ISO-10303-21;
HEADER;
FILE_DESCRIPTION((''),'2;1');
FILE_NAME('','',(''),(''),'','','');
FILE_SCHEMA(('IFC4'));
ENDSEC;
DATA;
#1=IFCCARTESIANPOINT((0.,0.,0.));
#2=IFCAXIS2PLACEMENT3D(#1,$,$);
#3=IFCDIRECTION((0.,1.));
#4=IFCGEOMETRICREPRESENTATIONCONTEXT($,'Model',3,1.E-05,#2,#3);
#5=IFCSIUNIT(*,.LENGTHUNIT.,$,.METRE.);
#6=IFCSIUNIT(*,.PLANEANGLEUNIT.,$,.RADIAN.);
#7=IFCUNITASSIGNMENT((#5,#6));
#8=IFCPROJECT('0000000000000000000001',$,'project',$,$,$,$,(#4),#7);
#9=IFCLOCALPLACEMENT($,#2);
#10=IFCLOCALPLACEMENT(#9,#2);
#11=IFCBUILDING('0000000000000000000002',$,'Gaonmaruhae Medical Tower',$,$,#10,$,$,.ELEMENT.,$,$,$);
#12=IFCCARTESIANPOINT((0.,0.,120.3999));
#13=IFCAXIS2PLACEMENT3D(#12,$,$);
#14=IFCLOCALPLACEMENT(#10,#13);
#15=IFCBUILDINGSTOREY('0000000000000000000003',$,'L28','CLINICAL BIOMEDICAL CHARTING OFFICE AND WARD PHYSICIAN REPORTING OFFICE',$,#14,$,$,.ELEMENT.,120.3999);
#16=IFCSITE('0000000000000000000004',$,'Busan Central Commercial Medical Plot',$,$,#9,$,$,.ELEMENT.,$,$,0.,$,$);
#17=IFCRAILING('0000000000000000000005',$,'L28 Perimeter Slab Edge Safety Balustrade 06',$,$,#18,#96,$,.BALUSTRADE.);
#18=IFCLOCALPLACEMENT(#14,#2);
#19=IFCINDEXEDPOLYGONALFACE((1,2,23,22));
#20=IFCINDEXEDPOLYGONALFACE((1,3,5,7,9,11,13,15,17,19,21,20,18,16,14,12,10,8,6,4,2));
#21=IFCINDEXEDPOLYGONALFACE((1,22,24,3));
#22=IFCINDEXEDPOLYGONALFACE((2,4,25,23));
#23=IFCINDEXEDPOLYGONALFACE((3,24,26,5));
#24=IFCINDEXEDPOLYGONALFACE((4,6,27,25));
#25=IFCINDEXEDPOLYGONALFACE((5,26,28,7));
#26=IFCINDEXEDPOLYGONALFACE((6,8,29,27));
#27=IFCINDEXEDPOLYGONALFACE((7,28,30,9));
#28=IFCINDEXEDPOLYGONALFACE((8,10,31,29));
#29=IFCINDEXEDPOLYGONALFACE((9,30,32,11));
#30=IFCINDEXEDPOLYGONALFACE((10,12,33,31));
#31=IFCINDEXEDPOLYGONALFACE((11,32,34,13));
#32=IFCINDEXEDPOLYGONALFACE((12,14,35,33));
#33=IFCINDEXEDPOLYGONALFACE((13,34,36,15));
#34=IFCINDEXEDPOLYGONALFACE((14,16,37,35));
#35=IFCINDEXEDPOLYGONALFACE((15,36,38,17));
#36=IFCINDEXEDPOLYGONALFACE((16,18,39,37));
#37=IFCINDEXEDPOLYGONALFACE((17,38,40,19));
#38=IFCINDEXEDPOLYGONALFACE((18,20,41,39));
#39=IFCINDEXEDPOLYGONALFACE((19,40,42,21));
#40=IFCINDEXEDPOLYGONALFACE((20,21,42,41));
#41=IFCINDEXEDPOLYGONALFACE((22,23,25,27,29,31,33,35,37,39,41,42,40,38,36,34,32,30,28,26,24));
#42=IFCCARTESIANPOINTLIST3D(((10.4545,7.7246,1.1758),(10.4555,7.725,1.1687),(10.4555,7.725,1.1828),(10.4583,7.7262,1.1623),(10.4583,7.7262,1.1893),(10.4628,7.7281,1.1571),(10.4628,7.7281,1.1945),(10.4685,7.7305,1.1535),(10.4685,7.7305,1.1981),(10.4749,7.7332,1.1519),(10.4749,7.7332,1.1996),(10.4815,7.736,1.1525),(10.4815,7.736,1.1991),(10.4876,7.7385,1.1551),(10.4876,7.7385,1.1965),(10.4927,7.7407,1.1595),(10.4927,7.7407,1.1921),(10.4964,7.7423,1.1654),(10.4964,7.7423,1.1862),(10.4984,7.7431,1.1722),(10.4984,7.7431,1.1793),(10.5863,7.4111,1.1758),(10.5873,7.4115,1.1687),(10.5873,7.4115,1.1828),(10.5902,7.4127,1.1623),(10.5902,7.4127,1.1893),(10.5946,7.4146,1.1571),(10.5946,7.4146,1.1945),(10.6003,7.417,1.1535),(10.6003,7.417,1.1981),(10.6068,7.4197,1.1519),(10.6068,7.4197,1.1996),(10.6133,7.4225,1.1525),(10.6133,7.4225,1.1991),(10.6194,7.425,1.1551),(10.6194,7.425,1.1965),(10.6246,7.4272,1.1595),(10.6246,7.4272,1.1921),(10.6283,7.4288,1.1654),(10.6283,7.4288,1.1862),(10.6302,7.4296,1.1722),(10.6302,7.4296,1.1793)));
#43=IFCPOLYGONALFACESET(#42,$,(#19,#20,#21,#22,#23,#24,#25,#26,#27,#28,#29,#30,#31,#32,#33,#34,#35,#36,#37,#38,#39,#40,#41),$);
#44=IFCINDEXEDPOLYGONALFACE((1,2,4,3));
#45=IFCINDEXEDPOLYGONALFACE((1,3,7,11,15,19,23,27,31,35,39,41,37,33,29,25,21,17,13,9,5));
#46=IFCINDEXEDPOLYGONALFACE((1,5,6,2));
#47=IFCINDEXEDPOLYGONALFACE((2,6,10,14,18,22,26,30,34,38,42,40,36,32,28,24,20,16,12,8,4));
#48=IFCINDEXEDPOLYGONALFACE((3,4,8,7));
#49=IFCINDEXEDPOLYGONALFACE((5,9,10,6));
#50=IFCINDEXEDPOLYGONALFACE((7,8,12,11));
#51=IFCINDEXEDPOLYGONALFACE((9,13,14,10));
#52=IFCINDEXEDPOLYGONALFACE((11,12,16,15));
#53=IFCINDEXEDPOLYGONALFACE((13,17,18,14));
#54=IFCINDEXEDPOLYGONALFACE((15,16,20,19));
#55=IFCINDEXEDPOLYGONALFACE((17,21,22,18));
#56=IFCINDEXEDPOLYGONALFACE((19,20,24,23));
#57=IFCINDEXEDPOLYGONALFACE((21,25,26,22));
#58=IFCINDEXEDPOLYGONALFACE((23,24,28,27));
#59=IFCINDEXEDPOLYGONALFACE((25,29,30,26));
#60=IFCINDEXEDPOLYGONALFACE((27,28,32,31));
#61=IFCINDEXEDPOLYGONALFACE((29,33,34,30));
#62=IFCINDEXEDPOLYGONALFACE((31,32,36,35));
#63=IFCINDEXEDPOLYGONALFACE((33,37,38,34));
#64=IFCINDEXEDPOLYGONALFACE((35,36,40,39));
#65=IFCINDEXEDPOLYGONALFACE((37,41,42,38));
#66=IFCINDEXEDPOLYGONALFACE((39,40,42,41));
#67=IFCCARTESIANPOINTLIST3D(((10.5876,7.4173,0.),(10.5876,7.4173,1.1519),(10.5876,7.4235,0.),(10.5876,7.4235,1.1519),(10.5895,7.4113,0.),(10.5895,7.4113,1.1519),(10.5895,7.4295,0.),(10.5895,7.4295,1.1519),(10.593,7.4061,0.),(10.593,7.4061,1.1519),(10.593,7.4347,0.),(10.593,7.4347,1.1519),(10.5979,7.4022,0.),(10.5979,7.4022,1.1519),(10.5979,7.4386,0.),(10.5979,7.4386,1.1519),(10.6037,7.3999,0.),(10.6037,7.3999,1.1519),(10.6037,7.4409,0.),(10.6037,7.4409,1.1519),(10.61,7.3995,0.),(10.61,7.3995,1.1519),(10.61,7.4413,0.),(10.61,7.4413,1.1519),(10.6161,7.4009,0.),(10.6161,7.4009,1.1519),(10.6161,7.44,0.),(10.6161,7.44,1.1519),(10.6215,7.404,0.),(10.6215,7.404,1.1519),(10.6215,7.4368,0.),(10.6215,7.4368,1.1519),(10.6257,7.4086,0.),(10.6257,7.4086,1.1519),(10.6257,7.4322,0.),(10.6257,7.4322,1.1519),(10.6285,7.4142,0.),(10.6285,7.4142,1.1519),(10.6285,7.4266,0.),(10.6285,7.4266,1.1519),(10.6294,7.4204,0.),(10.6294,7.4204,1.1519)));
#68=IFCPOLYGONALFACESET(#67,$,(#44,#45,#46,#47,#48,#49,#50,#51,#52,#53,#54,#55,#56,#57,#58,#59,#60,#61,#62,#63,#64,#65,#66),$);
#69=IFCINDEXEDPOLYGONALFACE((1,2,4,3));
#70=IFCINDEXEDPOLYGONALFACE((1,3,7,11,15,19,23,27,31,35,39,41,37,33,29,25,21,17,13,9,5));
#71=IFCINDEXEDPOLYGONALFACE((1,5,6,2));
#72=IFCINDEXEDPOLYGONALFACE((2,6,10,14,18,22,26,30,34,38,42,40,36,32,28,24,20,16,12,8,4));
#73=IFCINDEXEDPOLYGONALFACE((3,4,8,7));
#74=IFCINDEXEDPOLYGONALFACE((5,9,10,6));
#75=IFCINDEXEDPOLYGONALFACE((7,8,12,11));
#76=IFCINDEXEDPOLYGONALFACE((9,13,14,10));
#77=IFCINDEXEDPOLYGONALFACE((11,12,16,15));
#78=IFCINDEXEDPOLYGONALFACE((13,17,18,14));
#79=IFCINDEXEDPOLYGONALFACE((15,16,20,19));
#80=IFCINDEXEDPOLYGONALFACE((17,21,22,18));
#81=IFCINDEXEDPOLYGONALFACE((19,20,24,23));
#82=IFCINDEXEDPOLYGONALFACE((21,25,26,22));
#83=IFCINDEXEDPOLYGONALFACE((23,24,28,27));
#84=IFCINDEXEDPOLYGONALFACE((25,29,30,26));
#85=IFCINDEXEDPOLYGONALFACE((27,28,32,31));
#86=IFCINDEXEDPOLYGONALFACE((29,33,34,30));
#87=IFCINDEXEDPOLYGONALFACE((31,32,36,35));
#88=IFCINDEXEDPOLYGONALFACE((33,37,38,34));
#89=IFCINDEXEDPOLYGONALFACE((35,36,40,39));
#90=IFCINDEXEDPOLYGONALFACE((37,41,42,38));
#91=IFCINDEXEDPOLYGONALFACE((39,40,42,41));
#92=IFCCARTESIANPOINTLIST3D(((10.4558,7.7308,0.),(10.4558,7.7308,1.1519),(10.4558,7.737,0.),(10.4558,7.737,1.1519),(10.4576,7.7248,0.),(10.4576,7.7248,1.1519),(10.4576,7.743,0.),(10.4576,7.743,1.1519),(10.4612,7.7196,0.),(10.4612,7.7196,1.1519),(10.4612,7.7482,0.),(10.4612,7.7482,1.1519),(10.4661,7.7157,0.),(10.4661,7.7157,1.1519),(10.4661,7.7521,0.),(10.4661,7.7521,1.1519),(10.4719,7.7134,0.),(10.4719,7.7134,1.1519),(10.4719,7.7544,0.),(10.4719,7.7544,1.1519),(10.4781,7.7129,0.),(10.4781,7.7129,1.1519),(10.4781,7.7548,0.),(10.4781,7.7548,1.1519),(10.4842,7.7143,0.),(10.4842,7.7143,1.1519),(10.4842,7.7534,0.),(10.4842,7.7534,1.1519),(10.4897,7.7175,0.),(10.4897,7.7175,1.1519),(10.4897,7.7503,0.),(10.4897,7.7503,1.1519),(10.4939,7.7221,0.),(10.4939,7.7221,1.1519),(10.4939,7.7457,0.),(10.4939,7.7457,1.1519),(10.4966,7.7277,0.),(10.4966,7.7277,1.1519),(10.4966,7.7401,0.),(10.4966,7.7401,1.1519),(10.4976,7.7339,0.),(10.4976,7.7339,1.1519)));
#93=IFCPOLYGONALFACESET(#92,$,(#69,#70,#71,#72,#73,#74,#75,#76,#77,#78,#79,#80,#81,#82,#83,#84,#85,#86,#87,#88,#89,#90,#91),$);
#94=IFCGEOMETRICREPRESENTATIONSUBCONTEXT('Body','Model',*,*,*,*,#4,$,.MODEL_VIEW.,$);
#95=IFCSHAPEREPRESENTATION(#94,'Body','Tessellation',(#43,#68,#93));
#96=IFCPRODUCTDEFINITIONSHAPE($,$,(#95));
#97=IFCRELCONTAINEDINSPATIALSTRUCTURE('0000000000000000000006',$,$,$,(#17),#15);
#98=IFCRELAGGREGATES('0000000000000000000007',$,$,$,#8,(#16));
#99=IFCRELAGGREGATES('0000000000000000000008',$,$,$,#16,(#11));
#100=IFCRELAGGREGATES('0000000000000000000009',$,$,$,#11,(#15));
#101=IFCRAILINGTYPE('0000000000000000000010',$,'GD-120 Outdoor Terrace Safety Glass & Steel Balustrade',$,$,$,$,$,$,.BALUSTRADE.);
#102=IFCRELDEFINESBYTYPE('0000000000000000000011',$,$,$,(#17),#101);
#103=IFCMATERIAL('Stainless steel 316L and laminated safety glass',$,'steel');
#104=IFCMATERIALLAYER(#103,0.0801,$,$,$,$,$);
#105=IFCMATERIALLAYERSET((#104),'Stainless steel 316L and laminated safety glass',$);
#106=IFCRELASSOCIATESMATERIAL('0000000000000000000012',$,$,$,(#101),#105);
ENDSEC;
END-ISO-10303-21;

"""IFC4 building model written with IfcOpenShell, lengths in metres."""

from ifc_helpers import new_model, si_unit, direction, frame, origin, origin_2d, place, context, subcontext, project, spatial, circle, extrude, material, layer, layer_set, type_object, element, save


model = new_model("IFC4")

# Units and contexts
model_context = context("Model", 3, precision=1e-05, world=origin(), true_north=direction((0.0, 1.0)))
body_context = subcontext(model_context, "Body", "Model", "MODEL_VIEW")
ifc_project = project(units=[si_unit("LENGTHUNIT", "METRE"), si_unit("PLANEANGLEUNIT", "RADIAN")], contexts=[model_context])

# Site, building, storey
site_placement = place(None, origin())
site = spatial("IfcSite", under=ifc_project, at=site_placement, Name="Busan Central Commercial Medical Plot", CompositionType="ELEMENT", RefElevation=0.0)
building_placement = place(site_placement, origin())
building = spatial("IfcBuilding", under=site, at=building_placement, Name="Gaonmaruhae Medical Tower", CompositionType="ELEMENT")
storey_placement = place(building_placement, frame((0.0, 0.0, 120.3999)))
storey = spatial("IfcBuildingStorey", under=building, at=storey_placement, Name="L28", Description="CLINICAL BIOMEDICAL CHARTING OFFICE AND WARD PHYSICIAN REPORTING OFFICE", CompositionType="ELEMENT", Elevation=120.3999)

# Railing
ifc_material_1 = material(Name="Stainless steel 316L and laminated safety glass", Category="steel")
ifc_layer_1 = layer(ifc_material_1, 0.0801)
ifc_layer_set_1 = layer_set([ifc_layer_1], Name="Stainless steel 316L and laminated safety glass")
railing_type = type_object("IfcRailingType", Name="GD-120 Outdoor Terrace Safety Glass & Steel Balustrade", PredefinedType="BALUSTRADE", material=ifc_layer_set_1)
railing_1_placement = place(storey_placement, frame((10.6084, 7.4204, 0.0)))
element("IfcRailing", 1, at=railing_1_placement, inside=storey, type_object=railing_type, Name="L28 Perimeter Slab Edge Safety Balustrade 06", PredefinedType="BALUSTRADE", context=body_context, shape_type="SweptSolid", body=[
    extrude(circle(Radius=0.0239, at=origin_2d()), frame((0.0, 0.0, 1.1758), z_axis=(-0.387672, 0.921797, 0.0), x_axis=(-0.921797, -0.387672, 0.0)), (0.0, 0.0, 1.0), 0.3401),
    extrude(circle(Radius=0.021, at=origin_2d()), origin(), (0.0, 0.0, 1.0), 1.1519),
    extrude(circle(Radius=0.021, at=origin_2d()), frame((-0.1318, 0.3135, 0.0)), (0.0, 0.0, 1.0), 1.1519),
])

save(model, "model.ifc")
